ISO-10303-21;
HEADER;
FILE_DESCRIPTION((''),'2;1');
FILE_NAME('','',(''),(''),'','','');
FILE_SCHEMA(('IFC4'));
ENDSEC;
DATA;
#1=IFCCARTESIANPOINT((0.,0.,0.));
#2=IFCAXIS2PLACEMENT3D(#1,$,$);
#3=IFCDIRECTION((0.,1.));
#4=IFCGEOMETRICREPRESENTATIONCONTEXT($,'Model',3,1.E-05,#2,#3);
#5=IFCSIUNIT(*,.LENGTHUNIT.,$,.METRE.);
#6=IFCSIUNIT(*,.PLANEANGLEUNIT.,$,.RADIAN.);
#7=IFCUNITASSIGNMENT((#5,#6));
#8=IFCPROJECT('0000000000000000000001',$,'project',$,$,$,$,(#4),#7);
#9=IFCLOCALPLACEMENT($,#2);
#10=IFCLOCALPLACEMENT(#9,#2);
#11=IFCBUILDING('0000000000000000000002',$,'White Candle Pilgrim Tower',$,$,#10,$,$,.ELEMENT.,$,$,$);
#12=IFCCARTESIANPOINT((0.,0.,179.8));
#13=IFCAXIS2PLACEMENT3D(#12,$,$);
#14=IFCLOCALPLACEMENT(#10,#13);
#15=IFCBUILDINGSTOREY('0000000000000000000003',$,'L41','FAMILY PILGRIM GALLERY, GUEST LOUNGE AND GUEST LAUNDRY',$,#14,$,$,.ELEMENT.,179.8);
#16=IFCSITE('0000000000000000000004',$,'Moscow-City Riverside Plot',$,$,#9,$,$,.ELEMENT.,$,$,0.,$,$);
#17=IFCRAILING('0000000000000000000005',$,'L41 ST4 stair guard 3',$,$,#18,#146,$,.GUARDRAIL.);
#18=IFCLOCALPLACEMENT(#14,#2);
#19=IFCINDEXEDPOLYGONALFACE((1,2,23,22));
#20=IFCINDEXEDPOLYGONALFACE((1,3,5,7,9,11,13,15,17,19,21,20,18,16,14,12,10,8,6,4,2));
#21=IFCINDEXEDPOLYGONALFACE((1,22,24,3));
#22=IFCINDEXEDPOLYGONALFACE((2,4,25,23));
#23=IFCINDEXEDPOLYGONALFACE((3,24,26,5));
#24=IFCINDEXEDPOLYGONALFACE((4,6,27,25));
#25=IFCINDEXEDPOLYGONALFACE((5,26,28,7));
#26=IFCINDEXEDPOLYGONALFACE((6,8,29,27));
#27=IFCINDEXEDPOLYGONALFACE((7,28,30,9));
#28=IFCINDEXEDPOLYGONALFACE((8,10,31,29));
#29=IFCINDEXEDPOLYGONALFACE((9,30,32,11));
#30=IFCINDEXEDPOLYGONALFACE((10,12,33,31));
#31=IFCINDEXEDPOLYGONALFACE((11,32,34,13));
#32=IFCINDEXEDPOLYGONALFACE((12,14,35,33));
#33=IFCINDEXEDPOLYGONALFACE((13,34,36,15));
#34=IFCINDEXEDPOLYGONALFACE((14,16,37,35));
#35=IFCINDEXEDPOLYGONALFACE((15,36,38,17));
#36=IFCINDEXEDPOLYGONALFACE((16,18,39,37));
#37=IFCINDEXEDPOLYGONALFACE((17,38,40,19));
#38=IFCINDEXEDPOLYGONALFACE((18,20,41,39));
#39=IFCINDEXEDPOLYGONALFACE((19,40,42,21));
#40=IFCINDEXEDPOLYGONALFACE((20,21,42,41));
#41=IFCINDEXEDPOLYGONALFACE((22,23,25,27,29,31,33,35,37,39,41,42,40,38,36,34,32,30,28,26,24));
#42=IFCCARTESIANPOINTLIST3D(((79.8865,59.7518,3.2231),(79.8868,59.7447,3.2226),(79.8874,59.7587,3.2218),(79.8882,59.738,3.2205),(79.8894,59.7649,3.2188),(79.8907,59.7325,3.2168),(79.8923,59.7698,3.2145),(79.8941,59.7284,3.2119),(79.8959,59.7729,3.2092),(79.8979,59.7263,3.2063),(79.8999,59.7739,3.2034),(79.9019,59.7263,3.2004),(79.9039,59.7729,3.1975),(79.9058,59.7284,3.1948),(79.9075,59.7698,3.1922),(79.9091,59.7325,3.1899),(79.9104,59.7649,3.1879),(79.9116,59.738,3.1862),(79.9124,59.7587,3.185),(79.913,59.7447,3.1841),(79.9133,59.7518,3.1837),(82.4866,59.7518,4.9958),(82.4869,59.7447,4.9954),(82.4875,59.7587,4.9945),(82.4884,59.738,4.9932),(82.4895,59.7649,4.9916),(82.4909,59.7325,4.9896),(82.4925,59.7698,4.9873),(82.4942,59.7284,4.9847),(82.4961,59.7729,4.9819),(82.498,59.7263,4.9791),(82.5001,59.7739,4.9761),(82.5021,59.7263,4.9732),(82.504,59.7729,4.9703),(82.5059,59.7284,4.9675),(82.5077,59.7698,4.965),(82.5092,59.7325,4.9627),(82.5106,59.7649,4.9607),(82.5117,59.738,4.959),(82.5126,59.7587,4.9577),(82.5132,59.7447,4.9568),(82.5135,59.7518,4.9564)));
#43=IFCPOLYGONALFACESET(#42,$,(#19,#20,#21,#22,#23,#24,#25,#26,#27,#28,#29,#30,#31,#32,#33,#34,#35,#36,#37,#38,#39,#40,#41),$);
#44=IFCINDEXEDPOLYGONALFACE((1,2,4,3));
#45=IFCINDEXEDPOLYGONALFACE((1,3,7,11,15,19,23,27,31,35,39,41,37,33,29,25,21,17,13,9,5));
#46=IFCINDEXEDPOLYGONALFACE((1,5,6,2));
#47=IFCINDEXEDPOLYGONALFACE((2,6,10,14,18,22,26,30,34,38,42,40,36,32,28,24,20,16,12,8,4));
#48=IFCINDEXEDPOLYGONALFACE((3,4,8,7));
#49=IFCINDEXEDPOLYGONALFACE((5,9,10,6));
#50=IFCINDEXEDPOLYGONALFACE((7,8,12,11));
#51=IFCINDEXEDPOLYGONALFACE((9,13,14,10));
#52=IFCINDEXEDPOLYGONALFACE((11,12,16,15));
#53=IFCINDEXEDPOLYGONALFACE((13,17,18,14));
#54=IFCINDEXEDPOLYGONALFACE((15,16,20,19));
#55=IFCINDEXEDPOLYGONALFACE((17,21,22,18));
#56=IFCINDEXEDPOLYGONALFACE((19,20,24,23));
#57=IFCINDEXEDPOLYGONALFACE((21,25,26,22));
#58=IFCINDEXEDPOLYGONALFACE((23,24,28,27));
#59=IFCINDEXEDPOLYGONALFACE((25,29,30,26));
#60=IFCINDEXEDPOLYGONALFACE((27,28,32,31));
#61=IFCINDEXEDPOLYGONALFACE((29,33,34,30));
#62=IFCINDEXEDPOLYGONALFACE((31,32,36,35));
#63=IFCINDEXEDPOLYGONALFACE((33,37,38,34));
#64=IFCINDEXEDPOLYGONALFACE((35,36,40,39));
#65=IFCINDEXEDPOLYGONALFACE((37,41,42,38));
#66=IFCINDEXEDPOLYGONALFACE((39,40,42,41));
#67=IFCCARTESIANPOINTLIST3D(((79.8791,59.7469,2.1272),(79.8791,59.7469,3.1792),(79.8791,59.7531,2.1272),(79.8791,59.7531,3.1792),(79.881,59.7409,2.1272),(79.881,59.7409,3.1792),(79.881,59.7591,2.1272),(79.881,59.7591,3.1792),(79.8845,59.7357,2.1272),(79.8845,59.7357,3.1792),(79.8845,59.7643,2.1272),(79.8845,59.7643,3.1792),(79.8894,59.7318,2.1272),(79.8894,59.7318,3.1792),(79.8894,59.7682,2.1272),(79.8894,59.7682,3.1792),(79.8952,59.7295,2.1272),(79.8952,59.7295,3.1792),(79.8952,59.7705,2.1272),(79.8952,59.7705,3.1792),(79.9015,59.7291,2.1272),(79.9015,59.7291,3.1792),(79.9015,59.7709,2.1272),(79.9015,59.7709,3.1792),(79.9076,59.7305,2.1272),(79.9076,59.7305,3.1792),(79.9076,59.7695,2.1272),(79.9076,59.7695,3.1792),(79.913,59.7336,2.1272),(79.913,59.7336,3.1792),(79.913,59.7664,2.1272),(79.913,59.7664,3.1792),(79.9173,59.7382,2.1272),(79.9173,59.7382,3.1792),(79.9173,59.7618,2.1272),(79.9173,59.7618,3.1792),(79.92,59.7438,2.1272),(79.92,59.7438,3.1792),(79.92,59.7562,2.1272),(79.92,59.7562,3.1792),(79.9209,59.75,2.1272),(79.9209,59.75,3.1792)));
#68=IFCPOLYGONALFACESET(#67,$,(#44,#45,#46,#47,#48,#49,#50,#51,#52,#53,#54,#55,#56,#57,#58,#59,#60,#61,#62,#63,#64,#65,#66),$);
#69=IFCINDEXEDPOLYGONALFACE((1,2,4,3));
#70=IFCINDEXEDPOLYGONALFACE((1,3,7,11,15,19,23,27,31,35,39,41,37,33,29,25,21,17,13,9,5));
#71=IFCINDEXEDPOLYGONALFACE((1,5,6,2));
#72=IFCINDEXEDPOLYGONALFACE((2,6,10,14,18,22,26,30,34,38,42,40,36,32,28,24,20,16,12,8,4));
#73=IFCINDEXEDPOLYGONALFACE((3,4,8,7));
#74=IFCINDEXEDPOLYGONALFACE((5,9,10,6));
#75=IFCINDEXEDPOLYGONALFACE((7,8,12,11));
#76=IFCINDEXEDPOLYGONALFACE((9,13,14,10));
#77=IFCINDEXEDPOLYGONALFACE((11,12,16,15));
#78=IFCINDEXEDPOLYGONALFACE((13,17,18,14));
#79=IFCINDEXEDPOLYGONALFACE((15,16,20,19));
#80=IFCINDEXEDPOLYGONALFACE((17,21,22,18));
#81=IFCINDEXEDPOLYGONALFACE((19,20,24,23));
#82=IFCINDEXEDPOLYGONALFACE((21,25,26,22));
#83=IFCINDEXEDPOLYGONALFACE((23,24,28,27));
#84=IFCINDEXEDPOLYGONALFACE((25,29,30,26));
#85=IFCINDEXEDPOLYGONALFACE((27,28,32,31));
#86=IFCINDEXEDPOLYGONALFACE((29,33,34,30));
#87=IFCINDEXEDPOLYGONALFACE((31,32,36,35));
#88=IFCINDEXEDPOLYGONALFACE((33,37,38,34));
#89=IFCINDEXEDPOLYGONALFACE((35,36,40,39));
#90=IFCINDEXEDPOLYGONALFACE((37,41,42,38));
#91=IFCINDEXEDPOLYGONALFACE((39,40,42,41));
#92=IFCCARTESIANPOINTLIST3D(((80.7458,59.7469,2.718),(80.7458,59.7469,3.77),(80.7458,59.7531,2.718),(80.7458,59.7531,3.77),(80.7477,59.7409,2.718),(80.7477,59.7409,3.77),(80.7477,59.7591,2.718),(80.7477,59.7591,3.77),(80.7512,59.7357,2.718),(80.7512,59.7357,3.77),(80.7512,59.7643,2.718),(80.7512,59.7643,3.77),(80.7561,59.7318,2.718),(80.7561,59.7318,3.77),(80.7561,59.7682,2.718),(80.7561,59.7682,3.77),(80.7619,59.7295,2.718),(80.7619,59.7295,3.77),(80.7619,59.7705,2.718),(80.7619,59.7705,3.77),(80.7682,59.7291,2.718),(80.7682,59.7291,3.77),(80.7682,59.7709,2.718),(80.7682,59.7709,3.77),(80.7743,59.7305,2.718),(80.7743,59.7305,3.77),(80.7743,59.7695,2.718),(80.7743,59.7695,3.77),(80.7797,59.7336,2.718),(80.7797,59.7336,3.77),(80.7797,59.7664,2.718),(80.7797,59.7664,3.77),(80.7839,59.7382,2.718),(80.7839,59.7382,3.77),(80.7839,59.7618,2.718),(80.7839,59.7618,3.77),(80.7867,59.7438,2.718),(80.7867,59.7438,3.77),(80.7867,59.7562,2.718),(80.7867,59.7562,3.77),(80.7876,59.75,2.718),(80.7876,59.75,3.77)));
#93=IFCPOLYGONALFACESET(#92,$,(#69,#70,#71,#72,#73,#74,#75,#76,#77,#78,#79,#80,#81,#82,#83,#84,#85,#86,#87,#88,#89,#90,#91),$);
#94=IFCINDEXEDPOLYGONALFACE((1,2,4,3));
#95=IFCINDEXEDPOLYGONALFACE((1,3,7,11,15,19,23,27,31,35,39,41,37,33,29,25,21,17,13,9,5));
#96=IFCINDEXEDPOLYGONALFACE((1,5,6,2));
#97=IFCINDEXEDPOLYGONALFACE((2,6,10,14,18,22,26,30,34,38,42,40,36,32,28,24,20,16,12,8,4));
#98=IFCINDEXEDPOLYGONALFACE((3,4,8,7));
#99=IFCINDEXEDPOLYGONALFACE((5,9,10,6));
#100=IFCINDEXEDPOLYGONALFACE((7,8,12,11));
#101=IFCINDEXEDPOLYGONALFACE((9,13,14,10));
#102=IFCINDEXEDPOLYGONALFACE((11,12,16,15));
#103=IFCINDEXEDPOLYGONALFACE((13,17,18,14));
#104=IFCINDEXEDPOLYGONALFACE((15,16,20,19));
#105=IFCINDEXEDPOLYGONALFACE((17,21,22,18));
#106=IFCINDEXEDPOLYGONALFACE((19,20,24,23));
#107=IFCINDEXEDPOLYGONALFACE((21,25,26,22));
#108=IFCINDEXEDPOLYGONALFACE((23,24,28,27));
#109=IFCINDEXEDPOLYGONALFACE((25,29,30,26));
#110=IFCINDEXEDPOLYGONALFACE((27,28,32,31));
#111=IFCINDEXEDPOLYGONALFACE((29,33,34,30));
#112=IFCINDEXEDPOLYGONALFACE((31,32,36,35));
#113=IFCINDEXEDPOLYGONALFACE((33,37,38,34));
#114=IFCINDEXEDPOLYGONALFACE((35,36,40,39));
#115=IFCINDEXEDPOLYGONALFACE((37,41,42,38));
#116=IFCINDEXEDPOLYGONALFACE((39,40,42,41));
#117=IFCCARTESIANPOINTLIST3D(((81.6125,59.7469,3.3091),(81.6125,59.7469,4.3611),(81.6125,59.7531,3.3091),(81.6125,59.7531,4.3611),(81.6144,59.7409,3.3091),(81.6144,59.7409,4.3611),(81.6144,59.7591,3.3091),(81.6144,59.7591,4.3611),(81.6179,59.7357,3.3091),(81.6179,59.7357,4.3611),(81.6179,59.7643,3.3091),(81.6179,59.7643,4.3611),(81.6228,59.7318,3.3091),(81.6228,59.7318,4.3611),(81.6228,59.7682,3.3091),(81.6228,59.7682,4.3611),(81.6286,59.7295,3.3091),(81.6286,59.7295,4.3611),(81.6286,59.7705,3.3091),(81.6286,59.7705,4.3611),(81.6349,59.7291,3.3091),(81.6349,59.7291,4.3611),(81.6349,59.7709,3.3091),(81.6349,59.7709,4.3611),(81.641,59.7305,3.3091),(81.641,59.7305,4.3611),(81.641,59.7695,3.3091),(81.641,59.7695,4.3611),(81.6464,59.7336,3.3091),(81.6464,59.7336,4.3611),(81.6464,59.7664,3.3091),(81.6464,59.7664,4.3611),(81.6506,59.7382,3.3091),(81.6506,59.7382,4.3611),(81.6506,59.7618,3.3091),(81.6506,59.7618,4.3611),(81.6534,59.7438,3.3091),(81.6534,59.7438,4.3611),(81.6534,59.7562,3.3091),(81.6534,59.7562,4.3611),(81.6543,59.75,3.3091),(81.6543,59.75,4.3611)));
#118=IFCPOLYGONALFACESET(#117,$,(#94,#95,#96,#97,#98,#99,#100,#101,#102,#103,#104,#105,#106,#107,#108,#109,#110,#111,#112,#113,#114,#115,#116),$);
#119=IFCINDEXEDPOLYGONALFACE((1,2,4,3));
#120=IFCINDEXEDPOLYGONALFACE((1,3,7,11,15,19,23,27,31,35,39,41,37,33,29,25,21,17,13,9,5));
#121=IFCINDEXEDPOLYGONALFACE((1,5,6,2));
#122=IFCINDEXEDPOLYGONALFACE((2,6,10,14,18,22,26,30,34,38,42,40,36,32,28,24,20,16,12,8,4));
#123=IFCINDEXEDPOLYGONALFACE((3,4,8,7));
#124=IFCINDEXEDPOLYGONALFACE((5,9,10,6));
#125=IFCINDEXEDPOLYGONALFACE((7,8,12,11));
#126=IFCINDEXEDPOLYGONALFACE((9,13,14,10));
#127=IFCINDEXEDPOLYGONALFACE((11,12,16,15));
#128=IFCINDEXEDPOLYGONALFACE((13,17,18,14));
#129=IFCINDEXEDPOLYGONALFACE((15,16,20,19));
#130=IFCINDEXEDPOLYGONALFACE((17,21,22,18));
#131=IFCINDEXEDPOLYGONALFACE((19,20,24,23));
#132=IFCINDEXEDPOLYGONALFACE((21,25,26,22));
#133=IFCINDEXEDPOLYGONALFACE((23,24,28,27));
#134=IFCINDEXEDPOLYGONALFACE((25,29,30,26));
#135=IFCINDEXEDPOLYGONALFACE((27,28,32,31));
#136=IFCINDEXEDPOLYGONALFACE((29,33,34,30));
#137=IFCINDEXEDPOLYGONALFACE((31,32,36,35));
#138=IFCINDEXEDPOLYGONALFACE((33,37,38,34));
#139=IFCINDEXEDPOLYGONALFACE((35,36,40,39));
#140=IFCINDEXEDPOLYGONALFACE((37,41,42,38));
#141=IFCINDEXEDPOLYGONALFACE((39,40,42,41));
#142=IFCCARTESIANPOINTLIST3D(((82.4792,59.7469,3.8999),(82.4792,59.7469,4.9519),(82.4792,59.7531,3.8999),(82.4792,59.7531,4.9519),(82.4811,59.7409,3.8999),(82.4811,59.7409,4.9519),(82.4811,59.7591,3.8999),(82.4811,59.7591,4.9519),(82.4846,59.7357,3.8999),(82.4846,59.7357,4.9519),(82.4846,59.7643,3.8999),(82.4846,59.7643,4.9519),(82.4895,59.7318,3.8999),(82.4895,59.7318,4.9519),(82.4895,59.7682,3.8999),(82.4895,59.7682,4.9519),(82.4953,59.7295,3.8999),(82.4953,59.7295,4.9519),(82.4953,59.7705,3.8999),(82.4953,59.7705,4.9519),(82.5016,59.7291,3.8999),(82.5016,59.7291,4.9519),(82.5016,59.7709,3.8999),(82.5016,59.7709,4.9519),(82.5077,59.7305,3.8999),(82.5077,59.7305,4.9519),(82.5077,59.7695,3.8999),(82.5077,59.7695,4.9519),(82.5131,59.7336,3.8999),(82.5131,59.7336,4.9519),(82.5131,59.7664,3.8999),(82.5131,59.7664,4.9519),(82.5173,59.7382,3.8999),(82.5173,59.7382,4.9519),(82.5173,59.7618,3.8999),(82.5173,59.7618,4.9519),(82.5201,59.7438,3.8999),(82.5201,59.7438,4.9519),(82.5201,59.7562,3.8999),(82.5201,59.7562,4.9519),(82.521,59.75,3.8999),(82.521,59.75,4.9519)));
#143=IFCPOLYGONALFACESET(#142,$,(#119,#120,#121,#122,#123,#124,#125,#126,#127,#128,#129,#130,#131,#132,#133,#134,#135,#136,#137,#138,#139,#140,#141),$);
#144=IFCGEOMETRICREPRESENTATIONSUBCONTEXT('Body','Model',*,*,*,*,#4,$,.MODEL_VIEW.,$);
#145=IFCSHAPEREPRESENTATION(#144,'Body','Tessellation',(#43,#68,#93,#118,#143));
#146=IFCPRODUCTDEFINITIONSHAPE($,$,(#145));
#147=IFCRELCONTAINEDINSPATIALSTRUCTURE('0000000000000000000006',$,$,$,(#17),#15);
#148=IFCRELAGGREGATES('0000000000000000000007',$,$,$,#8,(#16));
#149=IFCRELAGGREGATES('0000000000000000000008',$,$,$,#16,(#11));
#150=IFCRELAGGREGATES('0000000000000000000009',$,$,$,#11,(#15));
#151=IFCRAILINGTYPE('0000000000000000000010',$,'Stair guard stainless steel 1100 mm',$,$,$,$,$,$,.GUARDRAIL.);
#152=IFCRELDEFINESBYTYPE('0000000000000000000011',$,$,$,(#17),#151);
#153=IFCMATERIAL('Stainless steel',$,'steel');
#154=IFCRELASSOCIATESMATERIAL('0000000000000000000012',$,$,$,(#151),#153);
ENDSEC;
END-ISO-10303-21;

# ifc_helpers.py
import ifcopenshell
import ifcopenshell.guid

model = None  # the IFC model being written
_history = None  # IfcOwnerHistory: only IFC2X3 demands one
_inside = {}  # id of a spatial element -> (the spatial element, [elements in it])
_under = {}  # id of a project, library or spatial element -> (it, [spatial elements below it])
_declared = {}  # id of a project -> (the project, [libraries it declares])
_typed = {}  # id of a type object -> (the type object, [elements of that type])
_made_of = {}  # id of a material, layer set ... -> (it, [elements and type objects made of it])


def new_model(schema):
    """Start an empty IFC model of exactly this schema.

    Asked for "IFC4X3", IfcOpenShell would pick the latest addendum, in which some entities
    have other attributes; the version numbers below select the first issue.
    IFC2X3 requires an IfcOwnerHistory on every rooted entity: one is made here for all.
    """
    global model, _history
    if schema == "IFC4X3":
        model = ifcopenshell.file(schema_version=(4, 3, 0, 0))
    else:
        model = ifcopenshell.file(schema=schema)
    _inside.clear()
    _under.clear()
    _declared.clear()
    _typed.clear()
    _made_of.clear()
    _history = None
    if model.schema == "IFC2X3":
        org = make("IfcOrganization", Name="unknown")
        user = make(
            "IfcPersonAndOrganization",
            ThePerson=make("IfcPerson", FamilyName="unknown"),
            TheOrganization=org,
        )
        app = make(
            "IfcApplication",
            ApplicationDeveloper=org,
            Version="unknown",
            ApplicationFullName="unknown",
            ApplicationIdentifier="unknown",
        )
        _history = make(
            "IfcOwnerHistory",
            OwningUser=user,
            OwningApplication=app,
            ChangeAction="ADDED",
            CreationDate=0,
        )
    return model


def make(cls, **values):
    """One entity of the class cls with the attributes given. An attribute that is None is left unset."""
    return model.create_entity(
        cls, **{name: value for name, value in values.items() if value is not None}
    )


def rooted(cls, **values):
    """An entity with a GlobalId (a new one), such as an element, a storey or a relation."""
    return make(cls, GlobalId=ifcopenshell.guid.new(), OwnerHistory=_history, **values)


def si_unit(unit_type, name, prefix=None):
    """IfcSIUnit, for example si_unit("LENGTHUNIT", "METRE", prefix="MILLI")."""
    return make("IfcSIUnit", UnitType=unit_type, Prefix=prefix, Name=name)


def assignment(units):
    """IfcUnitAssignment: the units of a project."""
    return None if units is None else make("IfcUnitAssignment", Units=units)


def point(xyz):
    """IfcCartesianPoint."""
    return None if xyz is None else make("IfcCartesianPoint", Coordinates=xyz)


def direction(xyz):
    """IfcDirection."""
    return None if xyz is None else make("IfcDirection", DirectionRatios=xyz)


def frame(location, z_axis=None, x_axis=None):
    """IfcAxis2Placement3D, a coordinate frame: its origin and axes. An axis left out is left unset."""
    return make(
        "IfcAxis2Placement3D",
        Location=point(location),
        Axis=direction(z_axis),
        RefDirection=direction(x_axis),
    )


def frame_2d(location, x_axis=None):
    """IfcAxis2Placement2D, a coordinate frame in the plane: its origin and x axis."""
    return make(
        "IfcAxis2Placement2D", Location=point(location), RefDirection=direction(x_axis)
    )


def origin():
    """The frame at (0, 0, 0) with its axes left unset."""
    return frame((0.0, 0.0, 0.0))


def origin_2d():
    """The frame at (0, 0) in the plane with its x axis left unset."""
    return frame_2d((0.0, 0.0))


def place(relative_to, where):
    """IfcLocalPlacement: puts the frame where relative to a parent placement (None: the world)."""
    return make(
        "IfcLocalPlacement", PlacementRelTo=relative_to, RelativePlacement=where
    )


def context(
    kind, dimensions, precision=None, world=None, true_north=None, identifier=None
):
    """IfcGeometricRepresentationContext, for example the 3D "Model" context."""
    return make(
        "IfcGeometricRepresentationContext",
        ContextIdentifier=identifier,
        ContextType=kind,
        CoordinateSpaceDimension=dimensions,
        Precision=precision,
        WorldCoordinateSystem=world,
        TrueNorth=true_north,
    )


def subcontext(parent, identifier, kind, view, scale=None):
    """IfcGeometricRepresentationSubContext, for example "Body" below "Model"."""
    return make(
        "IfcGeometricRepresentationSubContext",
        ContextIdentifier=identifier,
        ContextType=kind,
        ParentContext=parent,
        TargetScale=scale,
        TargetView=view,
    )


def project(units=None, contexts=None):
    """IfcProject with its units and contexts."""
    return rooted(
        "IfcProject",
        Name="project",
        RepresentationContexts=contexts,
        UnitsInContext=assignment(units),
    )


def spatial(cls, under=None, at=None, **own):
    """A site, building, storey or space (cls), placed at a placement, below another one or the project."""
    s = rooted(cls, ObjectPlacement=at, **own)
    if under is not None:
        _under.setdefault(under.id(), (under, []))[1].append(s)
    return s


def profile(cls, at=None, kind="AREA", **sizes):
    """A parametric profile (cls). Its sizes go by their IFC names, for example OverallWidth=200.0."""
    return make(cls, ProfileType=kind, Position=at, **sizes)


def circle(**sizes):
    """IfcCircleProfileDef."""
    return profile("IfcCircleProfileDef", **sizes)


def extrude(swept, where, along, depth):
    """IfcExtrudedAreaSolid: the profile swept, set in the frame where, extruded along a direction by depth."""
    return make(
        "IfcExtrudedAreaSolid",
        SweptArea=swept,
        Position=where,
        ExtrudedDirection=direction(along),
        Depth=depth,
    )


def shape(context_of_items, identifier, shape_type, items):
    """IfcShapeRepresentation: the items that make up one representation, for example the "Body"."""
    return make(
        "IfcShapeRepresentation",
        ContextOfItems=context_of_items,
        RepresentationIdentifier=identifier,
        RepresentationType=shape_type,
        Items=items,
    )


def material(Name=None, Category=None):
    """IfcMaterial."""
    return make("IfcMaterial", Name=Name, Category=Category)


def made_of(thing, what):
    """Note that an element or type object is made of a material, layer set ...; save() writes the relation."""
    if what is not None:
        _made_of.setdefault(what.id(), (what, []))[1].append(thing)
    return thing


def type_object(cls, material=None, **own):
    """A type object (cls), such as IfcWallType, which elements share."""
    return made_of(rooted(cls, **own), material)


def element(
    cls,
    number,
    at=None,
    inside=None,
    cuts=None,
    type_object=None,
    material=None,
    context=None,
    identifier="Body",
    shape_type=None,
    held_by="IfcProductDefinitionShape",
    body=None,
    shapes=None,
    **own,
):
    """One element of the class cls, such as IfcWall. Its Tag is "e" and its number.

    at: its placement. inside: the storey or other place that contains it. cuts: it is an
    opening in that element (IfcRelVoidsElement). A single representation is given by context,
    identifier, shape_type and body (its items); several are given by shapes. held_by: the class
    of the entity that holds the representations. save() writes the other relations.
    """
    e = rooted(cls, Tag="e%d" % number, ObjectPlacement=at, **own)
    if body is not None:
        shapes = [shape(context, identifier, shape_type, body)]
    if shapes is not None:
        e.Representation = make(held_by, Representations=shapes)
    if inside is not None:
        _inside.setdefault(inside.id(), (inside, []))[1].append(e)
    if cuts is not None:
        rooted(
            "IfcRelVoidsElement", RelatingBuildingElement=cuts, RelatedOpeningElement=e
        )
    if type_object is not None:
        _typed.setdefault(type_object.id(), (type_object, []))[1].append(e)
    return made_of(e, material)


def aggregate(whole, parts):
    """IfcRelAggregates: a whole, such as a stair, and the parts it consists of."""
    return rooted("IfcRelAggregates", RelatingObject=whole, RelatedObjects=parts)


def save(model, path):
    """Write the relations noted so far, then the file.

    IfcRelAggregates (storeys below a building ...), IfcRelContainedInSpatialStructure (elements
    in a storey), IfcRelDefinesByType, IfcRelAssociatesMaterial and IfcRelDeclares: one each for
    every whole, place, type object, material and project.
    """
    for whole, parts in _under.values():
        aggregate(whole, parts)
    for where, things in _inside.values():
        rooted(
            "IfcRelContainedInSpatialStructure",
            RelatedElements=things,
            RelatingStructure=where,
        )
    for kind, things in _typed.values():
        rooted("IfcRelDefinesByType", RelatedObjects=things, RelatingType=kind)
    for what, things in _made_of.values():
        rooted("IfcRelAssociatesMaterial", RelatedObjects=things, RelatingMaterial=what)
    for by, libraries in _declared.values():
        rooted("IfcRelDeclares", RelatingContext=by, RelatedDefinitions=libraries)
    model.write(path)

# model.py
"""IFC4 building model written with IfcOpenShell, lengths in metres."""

from ifc_helpers import new_model, si_unit, direction, frame, origin, origin_2d, place, context, subcontext, project, spatial, circle, extrude, material, type_object, element, save


model = new_model("IFC4")

# Units and contexts
model_context = context("Model", 3, precision=1e-05, world=origin(), true_north=direction((0.0, 1.0)))
body_context = subcontext(model_context, "Body", "Model", "MODEL_VIEW")
ifc_project = project(units=[si_unit("LENGTHUNIT", "METRE"), si_unit("PLANEANGLEUNIT", "RADIAN")], contexts=[model_context])

# Site, building, storey
site_placement = place(None, origin())
site = spatial("IfcSite", under=ifc_project, at=site_placement, Name="Moscow-City Riverside Plot", CompositionType="ELEMENT", RefElevation=0.0)
building_placement = place(site_placement, origin())
building = spatial("IfcBuilding", under=site, at=building_placement, Name="White Candle Pilgrim Tower", CompositionType="ELEMENT")
storey_placement = place(building_placement, frame((0.0, 0.0, 179.8)))
storey = spatial("IfcBuildingStorey", under=building, at=storey_placement, Name="L41", Description="FAMILY PILGRIM GALLERY, GUEST LOUNGE AND GUEST LAUNDRY", CompositionType="ELEMENT", Elevation=179.8)

# Railing
ifc_material_1 = material(Name="Stainless steel", Category="steel")
railing_type_1 = type_object("IfcRailingType", Name="Stair guard stainless steel 1100 mm", PredefinedType="GUARDRAIL", material=ifc_material_1)
railing_1_placement = place(storey_placement, frame((79.8999, 59.75, 2.1272)))
element("IfcRailing", 1, at=railing_1_placement, inside=storey, type_object=railing_type_1, Name="L41 ST4 stair guard 3", PredefinedType="GUARDRAIL", context=body_context, shape_type="SweptSolid", body=[
    extrude(circle(Radius=0.0239, at=origin_2d()), frame((0.0, 0.0, 1.0762), z_axis=(0.82624, 0.0, 0.563318), x_axis=(0.0, 1.0, 0.0)), (0.0, 0.0, 1.0), 3.147),
    extrude(circle(Radius=0.021, at=origin_2d()), origin(), (0.0, 0.0, 1.0), 1.052),
    extrude(circle(Radius=0.021, at=origin_2d()), frame((0.8667, 0.0, 0.5908)), (0.0, 0.0, 1.0), 1.052),
    extrude(circle(Radius=0.021, at=origin_2d()), frame((1.7334, 0.0, 1.1819)), (0.0, 0.0, 1.0), 1.052),
    extrude(circle(Radius=0.021, at=origin_2d()), frame((2.6001, 0.0, 1.7727)), (0.0, 0.0, 1.0), 1.052),
])

save(model, "model.ifc")
